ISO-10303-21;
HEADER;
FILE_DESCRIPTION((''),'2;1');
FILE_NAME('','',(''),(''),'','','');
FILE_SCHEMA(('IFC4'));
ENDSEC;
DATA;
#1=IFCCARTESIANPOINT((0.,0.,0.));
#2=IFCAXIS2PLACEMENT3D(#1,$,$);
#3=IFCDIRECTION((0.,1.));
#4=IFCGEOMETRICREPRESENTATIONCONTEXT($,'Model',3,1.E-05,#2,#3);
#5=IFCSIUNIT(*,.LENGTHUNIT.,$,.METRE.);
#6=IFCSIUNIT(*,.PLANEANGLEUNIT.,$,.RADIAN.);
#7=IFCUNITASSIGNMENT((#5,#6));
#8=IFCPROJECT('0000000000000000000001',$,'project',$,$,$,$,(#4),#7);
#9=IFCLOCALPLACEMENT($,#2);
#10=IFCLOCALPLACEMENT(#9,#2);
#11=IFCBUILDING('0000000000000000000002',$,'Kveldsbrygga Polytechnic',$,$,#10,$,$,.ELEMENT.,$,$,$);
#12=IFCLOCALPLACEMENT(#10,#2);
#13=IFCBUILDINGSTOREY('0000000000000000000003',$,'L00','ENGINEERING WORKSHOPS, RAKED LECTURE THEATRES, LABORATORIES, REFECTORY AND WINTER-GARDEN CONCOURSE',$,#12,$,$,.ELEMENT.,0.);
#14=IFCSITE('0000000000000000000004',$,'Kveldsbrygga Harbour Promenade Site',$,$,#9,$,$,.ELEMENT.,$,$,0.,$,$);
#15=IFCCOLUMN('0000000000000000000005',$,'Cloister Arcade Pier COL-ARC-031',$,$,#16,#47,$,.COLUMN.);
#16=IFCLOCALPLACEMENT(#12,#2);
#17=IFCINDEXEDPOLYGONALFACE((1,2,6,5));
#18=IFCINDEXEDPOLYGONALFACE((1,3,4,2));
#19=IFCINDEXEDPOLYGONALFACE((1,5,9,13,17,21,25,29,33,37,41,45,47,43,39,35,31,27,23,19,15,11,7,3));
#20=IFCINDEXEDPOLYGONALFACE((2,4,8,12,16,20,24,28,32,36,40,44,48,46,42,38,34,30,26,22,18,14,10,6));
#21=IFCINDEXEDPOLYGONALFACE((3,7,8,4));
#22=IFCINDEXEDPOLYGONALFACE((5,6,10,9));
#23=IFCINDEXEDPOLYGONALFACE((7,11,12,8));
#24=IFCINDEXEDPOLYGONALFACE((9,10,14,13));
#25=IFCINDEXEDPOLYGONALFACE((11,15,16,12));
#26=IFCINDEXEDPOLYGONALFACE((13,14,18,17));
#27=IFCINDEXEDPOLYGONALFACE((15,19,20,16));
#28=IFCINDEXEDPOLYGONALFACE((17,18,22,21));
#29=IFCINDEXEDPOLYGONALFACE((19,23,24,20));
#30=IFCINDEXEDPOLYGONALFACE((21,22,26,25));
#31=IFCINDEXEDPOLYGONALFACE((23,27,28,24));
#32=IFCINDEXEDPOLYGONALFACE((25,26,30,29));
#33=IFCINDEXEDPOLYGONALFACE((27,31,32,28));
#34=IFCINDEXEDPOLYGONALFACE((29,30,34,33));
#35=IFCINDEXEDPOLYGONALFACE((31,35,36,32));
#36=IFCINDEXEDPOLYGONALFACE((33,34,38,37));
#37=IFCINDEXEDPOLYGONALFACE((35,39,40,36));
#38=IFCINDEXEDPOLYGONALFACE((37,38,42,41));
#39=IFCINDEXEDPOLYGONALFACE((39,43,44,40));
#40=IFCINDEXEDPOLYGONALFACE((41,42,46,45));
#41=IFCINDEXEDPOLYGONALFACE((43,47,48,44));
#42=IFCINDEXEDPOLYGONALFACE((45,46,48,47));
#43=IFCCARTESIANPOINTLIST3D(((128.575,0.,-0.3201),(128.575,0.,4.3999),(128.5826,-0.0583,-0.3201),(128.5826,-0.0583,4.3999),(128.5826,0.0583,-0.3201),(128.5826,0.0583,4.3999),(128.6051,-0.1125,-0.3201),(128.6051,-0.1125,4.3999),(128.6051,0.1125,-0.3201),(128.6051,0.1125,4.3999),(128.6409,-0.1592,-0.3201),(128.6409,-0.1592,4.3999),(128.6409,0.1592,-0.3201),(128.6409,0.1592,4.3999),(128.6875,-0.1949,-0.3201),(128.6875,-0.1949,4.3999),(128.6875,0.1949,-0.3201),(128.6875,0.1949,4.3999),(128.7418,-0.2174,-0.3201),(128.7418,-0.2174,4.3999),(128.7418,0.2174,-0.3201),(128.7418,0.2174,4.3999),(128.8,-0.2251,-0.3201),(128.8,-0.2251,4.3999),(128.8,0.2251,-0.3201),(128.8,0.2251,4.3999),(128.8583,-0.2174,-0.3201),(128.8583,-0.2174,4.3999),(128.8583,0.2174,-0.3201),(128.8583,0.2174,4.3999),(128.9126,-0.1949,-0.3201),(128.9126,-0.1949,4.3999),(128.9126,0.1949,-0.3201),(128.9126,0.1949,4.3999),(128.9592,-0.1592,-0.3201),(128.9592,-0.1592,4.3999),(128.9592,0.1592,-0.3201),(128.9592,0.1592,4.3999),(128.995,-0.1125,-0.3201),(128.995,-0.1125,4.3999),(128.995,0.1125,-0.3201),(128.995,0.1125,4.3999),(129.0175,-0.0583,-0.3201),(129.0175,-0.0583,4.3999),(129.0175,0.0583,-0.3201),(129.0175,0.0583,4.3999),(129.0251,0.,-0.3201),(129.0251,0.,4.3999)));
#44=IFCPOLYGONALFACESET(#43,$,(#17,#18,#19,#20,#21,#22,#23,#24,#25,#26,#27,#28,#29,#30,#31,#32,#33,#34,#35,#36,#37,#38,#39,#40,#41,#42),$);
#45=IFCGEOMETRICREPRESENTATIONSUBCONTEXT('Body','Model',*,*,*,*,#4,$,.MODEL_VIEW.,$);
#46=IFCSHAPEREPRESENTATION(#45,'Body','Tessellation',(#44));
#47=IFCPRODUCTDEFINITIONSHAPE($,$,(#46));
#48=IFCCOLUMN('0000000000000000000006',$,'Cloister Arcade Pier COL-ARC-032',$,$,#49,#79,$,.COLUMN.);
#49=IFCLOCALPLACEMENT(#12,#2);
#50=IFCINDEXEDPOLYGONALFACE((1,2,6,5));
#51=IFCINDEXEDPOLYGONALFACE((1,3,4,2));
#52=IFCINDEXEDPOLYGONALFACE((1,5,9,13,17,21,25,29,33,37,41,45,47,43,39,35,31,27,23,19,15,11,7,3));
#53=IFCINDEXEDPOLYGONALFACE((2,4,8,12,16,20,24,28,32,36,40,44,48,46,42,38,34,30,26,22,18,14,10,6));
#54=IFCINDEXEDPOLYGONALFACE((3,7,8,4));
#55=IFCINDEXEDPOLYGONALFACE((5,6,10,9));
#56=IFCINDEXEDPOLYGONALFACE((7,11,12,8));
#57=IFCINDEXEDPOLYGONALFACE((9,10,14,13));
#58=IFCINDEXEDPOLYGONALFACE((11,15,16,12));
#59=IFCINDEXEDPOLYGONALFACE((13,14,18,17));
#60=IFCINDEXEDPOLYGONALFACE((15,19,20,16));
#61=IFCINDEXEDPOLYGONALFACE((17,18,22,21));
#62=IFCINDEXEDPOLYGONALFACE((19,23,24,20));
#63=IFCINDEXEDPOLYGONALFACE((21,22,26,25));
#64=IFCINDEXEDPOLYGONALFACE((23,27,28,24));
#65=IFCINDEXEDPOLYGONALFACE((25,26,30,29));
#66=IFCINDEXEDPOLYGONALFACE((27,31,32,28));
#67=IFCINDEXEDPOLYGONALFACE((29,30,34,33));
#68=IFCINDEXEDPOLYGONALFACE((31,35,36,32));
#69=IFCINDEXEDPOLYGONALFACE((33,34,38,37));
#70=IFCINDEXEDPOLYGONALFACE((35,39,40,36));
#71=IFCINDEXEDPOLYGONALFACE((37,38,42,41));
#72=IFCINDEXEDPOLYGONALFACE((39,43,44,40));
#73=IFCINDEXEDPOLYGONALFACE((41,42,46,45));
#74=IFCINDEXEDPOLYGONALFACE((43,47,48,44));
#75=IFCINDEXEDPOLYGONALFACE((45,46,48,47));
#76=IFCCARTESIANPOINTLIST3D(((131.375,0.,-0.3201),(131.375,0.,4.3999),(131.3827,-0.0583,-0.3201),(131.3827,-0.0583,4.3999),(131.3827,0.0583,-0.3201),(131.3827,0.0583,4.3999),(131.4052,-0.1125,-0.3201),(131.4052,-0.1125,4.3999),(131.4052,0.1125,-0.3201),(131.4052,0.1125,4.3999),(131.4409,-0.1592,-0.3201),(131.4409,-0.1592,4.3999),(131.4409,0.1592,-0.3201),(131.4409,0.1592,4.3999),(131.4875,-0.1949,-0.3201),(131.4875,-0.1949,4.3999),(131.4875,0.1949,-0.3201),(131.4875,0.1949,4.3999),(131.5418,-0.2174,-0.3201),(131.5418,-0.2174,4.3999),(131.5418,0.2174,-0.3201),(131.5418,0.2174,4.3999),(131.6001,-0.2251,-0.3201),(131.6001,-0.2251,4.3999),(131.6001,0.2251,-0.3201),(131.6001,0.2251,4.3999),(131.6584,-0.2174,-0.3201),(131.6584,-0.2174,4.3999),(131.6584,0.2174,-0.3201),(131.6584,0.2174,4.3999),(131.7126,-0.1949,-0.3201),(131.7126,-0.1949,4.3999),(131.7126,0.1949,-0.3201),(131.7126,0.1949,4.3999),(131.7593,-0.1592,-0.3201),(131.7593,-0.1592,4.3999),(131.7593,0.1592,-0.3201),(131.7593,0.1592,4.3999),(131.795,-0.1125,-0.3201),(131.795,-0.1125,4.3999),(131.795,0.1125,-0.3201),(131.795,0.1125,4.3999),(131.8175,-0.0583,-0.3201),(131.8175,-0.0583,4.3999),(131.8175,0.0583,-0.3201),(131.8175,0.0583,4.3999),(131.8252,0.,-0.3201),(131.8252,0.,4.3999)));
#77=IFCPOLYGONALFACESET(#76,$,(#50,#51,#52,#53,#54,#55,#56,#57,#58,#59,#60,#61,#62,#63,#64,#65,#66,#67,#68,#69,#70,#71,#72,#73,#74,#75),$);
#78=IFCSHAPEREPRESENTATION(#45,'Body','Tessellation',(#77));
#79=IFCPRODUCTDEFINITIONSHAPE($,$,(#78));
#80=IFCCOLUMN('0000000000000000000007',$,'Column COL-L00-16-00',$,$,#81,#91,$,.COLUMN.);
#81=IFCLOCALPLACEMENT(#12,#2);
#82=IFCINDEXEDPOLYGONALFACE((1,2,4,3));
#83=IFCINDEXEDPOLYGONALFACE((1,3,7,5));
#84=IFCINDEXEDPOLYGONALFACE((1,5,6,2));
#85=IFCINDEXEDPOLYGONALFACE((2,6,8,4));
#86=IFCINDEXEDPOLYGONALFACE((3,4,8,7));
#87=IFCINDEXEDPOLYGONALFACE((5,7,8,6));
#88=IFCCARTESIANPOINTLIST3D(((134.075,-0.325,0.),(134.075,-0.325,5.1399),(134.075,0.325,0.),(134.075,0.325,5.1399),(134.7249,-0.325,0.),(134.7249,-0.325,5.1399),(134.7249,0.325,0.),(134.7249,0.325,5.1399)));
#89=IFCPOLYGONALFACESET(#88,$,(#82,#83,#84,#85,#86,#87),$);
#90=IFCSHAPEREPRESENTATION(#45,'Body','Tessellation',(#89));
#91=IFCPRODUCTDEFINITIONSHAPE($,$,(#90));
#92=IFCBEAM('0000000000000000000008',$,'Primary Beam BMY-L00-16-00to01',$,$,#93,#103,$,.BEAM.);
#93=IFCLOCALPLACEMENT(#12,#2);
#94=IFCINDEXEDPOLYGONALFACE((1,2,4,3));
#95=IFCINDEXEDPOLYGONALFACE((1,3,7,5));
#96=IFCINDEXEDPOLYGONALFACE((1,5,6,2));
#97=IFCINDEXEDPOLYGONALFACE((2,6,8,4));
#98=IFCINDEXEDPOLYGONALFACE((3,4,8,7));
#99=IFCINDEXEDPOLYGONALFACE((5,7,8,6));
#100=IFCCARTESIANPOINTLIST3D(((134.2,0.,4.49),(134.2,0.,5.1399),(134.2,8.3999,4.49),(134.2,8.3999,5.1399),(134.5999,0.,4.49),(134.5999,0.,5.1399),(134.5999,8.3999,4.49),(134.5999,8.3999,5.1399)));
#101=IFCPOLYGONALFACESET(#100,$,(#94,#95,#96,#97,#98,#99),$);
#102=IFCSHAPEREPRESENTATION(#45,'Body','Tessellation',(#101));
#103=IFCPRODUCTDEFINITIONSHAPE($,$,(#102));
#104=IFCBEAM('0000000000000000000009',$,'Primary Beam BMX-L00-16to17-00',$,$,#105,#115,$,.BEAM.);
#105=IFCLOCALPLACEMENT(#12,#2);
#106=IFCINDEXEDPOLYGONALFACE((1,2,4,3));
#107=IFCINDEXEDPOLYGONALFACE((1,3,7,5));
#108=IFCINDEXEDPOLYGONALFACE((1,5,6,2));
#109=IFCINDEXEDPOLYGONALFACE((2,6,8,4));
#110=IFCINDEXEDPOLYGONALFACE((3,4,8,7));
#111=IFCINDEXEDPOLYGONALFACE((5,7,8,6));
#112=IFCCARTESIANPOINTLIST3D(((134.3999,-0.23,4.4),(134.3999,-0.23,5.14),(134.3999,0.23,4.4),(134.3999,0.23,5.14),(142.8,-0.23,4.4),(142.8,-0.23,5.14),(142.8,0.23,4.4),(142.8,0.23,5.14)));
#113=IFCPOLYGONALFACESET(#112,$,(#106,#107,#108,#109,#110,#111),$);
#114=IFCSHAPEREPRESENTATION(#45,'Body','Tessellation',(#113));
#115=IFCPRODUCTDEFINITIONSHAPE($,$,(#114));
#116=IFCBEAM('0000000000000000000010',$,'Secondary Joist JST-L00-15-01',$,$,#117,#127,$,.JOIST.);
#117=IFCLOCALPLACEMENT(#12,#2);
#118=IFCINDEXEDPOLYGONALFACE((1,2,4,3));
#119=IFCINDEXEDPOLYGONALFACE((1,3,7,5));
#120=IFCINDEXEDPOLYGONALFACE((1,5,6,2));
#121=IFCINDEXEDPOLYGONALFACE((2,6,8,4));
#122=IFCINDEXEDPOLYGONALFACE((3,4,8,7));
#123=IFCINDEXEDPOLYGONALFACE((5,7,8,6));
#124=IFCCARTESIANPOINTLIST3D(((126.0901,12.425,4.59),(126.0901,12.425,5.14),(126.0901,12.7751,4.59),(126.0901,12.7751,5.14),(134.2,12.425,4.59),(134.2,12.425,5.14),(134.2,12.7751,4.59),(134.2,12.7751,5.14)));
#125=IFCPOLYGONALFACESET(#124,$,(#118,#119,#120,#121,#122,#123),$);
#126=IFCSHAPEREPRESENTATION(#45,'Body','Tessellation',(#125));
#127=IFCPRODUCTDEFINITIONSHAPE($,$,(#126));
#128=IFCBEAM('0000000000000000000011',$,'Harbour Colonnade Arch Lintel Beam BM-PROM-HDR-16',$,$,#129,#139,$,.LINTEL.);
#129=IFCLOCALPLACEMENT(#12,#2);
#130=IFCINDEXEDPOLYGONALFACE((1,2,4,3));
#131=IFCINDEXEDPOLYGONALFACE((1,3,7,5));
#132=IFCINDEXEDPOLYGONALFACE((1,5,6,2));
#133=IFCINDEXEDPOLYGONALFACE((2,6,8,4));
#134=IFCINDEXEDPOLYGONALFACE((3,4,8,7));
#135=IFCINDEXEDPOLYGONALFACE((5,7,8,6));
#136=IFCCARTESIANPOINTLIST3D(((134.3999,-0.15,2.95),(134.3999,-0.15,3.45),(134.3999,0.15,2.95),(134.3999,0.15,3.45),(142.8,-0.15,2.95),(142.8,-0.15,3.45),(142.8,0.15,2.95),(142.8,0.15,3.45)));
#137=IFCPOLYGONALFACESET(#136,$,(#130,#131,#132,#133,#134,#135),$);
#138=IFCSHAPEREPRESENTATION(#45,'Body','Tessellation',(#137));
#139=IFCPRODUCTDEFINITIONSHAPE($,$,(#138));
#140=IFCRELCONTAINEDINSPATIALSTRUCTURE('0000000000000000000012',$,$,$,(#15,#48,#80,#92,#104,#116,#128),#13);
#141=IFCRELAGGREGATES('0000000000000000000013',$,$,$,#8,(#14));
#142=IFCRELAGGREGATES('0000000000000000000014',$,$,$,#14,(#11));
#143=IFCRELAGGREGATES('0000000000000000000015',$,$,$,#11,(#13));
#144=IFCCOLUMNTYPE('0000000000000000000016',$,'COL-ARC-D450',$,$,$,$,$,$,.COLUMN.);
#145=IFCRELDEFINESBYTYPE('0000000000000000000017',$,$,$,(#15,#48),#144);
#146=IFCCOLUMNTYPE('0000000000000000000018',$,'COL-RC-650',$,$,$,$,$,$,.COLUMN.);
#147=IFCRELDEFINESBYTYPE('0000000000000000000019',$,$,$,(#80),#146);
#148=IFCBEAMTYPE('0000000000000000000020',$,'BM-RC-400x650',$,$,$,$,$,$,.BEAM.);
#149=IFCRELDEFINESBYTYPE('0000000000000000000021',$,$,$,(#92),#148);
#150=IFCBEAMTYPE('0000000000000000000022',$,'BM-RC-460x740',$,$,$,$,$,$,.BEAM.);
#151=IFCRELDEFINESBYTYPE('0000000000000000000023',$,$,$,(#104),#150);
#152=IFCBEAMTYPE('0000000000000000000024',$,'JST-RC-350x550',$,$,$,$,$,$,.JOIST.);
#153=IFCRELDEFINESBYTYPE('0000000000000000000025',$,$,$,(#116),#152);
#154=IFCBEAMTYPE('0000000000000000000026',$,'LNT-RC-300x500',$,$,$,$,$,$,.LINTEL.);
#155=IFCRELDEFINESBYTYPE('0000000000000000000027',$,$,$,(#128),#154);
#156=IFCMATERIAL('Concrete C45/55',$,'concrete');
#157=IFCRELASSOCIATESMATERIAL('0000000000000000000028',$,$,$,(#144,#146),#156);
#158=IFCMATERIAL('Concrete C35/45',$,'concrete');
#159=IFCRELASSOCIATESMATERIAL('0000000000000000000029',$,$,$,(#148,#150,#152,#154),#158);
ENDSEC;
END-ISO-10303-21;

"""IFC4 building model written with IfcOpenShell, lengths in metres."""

from ifc_helpers import new_model, si_unit, direction, frame, origin, origin_2d, place, context, subcontext, project, spatial, rectangle, circle, extrude, material, material_profile, profile_set, type_object, element, save


model = new_model("IFC4")

# Units and contexts
model_context = context("Model", 3, precision=1e-05, world=origin(), true_north=direction((0.0, 1.0)))
body_context = subcontext(model_context, "Body", "Model", "MODEL_VIEW")
ifc_project = project(units=[si_unit("LENGTHUNIT", "METRE"), si_unit("PLANEANGLEUNIT", "RADIAN")], contexts=[model_context])

# Site, building, storey
site_placement = place(None, origin())
site = spatial("IfcSite", under=ifc_project, at=site_placement, Name="Kveldsbrygga Harbour Promenade Site", CompositionType="ELEMENT", RefElevation=0.0)
building_placement = place(site_placement, origin())
building = spatial("IfcBuilding", under=site, at=building_placement, Name="Kveldsbrygga Polytechnic", CompositionType="ELEMENT")
storey_placement = place(building_placement, origin())
storey = spatial("IfcBuildingStorey", under=building, at=storey_placement, Name="L00", Description="ENGINEERING WORKSHOPS, RAKED LECTURE THEATRES, LABORATORIES, REFECTORY AND WINTER-GARDEN CONCOURSE", CompositionType="ELEMENT", Elevation=0.0)

# Columns
ifc_material_1 = material(Name="Concrete C45/55", Category="concrete")
ifc_material_profile_1 = material_profile(ifc_material_1, circle(Radius=0.2251, at=origin_2d()), Name="RC D450")
ifc_profile_set_1 = profile_set([ifc_material_profile_1], Name="Concrete C45/55")
column_type_1 = type_object("IfcColumnType", Name="COL-ARC-D450", PredefinedType="COLUMN", material=ifc_profile_set_1)
for number, where, z_axis, x_axis, name in (
    (1, (128.8, 0.0, -0.3201), (0.0, 0.0, 1.0), (1.0, 0.0, 0.0), "Cloister Arcade Pier COL-ARC-031"),
    (2, (131.6001, 0.0, -0.3201), (0.0, 0.0, 1.0), (1.0, 0.0, 0.0), "Cloister Arcade Pier COL-ARC-032"),
):
    element("IfcColumn", number, at=place(storey_placement, frame(where, z_axis=z_axis, x_axis=x_axis)), inside=storey, type_object=column_type_1, Name=name, PredefinedType="COLUMN", context=body_context, shape_type="SweptSolid", body=[
        extrude(circle(Radius=0.2251, at=origin_2d()), origin(), (0.0, 0.0, 1.0), 4.72),
    ])
ifc_material_profile_2 = material_profile(ifc_material_1, rectangle(XDim=0.6499, YDim=0.6499, at=origin_2d()), Name="RC 650x650")
ifc_profile_set_2 = profile_set([ifc_material_profile_2], Name="Concrete C45/55")
column_type_2 = type_object("IfcColumnType", Name="COL-RC-650", PredefinedType="COLUMN", material=ifc_profile_set_2)
column_placement = place(storey_placement, frame((134.3999, 0.0, 0.0), z_axis=(0.0, 0.0, 1.0), x_axis=(1.0, 0.0, 0.0)))
element("IfcColumn", 3, at=column_placement, inside=storey, type_object=column_type_2, Name="Column COL-L00-16-00", PredefinedType="COLUMN", context=body_context, shape_type="SweptSolid", body=[
    extrude(rectangle(XDim=0.6499, YDim=0.6499, at=origin_2d()), origin(), (0.0, 0.0, 1.0), 5.1399),
])

# Beams
ifc_material_2 = material(Name="Concrete C35/45", Category="concrete")
ifc_material_profile_3 = material_profile(ifc_material_2, rectangle(XDim=0.3999, YDim=0.6499, at=origin_2d()), Name="RC 400x650")
ifc_profile_set_3 = profile_set([ifc_material_profile_3], Name="Concrete C35/45")
beam_type_1 = type_object("IfcBeamType", Name="BM-RC-400x650", PredefinedType="BEAM", material=ifc_profile_set_3)
beam_1_placement = place(storey_placement, frame((134.3999, 0.0, 4.8149), z_axis=(0.0, 1.0, 0.0), x_axis=(-1.0, 0.0, 0.0)))
element("IfcBeam", 4, at=beam_1_placement, inside=storey, type_object=beam_type_1, Name="Primary Beam BMY-L00-16-00to01", PredefinedType="BEAM", context=body_context, shape_type="SweptSolid", body=[
    extrude(rectangle(XDim=0.3999, YDim=0.6499, at=origin_2d()), origin(), (0.0, 0.0, 1.0), 8.3999),
])
ifc_material_profile_4 = material_profile(ifc_material_2, rectangle(XDim=0.46, YDim=0.74, at=origin_2d()), Name="RC 460x740")
ifc_profile_set_4 = profile_set([ifc_material_profile_4], Name="Concrete C35/45")
beam_type_2 = type_object("IfcBeamType", Name="BM-RC-460x740", PredefinedType="BEAM", material=ifc_profile_set_4)
beam_2_placement = place(storey_placement, frame((134.3999, 0.0, 4.77), z_axis=(1.0, 0.0, 0.0), x_axis=(0.0, 1.0, 0.0)))
element("IfcBeam", 5, at=beam_2_placement, inside=storey, type_object=beam_type_2, Name="Primary Beam BMX-L00-16to17-00", PredefinedType="BEAM", context=body_context, shape_type="SweptSolid", body=[
    extrude(rectangle(XDim=0.46, YDim=0.74, at=origin_2d()), origin(), (0.0, 0.0, 1.0), 8.4001),
])
ifc_material_profile_5 = material_profile(ifc_material_2, rectangle(XDim=0.3501, YDim=0.55, at=origin_2d()), Name="RC 350x550")
ifc_profile_set_5 = profile_set([ifc_material_profile_5], Name="Concrete C35/45")
beam_type_3 = type_object("IfcBeamType", Name="JST-RC-350x550", PredefinedType="JOIST", material=ifc_profile_set_5)
beam_3_placement = place(storey_placement, frame((126.0901, 12.6001, 4.865), z_axis=(1.0, 0.0, 0.0), x_axis=(0.0, 1.0, 0.0)))
element("IfcBeam", 6, at=beam_3_placement, inside=storey, type_object=beam_type_3, Name="Secondary Joist JST-L00-15-01", PredefinedType="JOIST", context=body_context, shape_type="SweptSolid", body=[
    extrude(rectangle(XDim=0.3501, YDim=0.55, at=origin_2d()), origin(), (0.0, 0.0, 1.0), 8.1099),
])
ifc_material_profile_6 = material_profile(ifc_material_2, rectangle(XDim=0.3, YDim=0.5, at=origin_2d()), Name="RC 300x500")
ifc_profile_set_6 = profile_set([ifc_material_profile_6], Name="Concrete C35/45")
beam_type_4 = type_object("IfcBeamType", Name="LNT-RC-300x500", PredefinedType="LINTEL", material=ifc_profile_set_6)
beam_4_placement = place(storey_placement, frame((134.3999, 0.0, 3.2), z_axis=(1.0, 0.0, 0.0), x_axis=(0.0, 1.0, 0.0)))
element("IfcBeam", 7, at=beam_4_placement, inside=storey, type_object=beam_type_4, Name="Harbour Colonnade Arch Lintel Beam BM-PROM-HDR-16", PredefinedType="LINTEL", context=body_context, shape_type="SweptSolid", body=[
    extrude(rectangle(XDim=0.3, YDim=0.5, at=origin_2d()), origin(), (0.0, 0.0, 1.0), 8.4001),
])

save(model, "model.ifc")
